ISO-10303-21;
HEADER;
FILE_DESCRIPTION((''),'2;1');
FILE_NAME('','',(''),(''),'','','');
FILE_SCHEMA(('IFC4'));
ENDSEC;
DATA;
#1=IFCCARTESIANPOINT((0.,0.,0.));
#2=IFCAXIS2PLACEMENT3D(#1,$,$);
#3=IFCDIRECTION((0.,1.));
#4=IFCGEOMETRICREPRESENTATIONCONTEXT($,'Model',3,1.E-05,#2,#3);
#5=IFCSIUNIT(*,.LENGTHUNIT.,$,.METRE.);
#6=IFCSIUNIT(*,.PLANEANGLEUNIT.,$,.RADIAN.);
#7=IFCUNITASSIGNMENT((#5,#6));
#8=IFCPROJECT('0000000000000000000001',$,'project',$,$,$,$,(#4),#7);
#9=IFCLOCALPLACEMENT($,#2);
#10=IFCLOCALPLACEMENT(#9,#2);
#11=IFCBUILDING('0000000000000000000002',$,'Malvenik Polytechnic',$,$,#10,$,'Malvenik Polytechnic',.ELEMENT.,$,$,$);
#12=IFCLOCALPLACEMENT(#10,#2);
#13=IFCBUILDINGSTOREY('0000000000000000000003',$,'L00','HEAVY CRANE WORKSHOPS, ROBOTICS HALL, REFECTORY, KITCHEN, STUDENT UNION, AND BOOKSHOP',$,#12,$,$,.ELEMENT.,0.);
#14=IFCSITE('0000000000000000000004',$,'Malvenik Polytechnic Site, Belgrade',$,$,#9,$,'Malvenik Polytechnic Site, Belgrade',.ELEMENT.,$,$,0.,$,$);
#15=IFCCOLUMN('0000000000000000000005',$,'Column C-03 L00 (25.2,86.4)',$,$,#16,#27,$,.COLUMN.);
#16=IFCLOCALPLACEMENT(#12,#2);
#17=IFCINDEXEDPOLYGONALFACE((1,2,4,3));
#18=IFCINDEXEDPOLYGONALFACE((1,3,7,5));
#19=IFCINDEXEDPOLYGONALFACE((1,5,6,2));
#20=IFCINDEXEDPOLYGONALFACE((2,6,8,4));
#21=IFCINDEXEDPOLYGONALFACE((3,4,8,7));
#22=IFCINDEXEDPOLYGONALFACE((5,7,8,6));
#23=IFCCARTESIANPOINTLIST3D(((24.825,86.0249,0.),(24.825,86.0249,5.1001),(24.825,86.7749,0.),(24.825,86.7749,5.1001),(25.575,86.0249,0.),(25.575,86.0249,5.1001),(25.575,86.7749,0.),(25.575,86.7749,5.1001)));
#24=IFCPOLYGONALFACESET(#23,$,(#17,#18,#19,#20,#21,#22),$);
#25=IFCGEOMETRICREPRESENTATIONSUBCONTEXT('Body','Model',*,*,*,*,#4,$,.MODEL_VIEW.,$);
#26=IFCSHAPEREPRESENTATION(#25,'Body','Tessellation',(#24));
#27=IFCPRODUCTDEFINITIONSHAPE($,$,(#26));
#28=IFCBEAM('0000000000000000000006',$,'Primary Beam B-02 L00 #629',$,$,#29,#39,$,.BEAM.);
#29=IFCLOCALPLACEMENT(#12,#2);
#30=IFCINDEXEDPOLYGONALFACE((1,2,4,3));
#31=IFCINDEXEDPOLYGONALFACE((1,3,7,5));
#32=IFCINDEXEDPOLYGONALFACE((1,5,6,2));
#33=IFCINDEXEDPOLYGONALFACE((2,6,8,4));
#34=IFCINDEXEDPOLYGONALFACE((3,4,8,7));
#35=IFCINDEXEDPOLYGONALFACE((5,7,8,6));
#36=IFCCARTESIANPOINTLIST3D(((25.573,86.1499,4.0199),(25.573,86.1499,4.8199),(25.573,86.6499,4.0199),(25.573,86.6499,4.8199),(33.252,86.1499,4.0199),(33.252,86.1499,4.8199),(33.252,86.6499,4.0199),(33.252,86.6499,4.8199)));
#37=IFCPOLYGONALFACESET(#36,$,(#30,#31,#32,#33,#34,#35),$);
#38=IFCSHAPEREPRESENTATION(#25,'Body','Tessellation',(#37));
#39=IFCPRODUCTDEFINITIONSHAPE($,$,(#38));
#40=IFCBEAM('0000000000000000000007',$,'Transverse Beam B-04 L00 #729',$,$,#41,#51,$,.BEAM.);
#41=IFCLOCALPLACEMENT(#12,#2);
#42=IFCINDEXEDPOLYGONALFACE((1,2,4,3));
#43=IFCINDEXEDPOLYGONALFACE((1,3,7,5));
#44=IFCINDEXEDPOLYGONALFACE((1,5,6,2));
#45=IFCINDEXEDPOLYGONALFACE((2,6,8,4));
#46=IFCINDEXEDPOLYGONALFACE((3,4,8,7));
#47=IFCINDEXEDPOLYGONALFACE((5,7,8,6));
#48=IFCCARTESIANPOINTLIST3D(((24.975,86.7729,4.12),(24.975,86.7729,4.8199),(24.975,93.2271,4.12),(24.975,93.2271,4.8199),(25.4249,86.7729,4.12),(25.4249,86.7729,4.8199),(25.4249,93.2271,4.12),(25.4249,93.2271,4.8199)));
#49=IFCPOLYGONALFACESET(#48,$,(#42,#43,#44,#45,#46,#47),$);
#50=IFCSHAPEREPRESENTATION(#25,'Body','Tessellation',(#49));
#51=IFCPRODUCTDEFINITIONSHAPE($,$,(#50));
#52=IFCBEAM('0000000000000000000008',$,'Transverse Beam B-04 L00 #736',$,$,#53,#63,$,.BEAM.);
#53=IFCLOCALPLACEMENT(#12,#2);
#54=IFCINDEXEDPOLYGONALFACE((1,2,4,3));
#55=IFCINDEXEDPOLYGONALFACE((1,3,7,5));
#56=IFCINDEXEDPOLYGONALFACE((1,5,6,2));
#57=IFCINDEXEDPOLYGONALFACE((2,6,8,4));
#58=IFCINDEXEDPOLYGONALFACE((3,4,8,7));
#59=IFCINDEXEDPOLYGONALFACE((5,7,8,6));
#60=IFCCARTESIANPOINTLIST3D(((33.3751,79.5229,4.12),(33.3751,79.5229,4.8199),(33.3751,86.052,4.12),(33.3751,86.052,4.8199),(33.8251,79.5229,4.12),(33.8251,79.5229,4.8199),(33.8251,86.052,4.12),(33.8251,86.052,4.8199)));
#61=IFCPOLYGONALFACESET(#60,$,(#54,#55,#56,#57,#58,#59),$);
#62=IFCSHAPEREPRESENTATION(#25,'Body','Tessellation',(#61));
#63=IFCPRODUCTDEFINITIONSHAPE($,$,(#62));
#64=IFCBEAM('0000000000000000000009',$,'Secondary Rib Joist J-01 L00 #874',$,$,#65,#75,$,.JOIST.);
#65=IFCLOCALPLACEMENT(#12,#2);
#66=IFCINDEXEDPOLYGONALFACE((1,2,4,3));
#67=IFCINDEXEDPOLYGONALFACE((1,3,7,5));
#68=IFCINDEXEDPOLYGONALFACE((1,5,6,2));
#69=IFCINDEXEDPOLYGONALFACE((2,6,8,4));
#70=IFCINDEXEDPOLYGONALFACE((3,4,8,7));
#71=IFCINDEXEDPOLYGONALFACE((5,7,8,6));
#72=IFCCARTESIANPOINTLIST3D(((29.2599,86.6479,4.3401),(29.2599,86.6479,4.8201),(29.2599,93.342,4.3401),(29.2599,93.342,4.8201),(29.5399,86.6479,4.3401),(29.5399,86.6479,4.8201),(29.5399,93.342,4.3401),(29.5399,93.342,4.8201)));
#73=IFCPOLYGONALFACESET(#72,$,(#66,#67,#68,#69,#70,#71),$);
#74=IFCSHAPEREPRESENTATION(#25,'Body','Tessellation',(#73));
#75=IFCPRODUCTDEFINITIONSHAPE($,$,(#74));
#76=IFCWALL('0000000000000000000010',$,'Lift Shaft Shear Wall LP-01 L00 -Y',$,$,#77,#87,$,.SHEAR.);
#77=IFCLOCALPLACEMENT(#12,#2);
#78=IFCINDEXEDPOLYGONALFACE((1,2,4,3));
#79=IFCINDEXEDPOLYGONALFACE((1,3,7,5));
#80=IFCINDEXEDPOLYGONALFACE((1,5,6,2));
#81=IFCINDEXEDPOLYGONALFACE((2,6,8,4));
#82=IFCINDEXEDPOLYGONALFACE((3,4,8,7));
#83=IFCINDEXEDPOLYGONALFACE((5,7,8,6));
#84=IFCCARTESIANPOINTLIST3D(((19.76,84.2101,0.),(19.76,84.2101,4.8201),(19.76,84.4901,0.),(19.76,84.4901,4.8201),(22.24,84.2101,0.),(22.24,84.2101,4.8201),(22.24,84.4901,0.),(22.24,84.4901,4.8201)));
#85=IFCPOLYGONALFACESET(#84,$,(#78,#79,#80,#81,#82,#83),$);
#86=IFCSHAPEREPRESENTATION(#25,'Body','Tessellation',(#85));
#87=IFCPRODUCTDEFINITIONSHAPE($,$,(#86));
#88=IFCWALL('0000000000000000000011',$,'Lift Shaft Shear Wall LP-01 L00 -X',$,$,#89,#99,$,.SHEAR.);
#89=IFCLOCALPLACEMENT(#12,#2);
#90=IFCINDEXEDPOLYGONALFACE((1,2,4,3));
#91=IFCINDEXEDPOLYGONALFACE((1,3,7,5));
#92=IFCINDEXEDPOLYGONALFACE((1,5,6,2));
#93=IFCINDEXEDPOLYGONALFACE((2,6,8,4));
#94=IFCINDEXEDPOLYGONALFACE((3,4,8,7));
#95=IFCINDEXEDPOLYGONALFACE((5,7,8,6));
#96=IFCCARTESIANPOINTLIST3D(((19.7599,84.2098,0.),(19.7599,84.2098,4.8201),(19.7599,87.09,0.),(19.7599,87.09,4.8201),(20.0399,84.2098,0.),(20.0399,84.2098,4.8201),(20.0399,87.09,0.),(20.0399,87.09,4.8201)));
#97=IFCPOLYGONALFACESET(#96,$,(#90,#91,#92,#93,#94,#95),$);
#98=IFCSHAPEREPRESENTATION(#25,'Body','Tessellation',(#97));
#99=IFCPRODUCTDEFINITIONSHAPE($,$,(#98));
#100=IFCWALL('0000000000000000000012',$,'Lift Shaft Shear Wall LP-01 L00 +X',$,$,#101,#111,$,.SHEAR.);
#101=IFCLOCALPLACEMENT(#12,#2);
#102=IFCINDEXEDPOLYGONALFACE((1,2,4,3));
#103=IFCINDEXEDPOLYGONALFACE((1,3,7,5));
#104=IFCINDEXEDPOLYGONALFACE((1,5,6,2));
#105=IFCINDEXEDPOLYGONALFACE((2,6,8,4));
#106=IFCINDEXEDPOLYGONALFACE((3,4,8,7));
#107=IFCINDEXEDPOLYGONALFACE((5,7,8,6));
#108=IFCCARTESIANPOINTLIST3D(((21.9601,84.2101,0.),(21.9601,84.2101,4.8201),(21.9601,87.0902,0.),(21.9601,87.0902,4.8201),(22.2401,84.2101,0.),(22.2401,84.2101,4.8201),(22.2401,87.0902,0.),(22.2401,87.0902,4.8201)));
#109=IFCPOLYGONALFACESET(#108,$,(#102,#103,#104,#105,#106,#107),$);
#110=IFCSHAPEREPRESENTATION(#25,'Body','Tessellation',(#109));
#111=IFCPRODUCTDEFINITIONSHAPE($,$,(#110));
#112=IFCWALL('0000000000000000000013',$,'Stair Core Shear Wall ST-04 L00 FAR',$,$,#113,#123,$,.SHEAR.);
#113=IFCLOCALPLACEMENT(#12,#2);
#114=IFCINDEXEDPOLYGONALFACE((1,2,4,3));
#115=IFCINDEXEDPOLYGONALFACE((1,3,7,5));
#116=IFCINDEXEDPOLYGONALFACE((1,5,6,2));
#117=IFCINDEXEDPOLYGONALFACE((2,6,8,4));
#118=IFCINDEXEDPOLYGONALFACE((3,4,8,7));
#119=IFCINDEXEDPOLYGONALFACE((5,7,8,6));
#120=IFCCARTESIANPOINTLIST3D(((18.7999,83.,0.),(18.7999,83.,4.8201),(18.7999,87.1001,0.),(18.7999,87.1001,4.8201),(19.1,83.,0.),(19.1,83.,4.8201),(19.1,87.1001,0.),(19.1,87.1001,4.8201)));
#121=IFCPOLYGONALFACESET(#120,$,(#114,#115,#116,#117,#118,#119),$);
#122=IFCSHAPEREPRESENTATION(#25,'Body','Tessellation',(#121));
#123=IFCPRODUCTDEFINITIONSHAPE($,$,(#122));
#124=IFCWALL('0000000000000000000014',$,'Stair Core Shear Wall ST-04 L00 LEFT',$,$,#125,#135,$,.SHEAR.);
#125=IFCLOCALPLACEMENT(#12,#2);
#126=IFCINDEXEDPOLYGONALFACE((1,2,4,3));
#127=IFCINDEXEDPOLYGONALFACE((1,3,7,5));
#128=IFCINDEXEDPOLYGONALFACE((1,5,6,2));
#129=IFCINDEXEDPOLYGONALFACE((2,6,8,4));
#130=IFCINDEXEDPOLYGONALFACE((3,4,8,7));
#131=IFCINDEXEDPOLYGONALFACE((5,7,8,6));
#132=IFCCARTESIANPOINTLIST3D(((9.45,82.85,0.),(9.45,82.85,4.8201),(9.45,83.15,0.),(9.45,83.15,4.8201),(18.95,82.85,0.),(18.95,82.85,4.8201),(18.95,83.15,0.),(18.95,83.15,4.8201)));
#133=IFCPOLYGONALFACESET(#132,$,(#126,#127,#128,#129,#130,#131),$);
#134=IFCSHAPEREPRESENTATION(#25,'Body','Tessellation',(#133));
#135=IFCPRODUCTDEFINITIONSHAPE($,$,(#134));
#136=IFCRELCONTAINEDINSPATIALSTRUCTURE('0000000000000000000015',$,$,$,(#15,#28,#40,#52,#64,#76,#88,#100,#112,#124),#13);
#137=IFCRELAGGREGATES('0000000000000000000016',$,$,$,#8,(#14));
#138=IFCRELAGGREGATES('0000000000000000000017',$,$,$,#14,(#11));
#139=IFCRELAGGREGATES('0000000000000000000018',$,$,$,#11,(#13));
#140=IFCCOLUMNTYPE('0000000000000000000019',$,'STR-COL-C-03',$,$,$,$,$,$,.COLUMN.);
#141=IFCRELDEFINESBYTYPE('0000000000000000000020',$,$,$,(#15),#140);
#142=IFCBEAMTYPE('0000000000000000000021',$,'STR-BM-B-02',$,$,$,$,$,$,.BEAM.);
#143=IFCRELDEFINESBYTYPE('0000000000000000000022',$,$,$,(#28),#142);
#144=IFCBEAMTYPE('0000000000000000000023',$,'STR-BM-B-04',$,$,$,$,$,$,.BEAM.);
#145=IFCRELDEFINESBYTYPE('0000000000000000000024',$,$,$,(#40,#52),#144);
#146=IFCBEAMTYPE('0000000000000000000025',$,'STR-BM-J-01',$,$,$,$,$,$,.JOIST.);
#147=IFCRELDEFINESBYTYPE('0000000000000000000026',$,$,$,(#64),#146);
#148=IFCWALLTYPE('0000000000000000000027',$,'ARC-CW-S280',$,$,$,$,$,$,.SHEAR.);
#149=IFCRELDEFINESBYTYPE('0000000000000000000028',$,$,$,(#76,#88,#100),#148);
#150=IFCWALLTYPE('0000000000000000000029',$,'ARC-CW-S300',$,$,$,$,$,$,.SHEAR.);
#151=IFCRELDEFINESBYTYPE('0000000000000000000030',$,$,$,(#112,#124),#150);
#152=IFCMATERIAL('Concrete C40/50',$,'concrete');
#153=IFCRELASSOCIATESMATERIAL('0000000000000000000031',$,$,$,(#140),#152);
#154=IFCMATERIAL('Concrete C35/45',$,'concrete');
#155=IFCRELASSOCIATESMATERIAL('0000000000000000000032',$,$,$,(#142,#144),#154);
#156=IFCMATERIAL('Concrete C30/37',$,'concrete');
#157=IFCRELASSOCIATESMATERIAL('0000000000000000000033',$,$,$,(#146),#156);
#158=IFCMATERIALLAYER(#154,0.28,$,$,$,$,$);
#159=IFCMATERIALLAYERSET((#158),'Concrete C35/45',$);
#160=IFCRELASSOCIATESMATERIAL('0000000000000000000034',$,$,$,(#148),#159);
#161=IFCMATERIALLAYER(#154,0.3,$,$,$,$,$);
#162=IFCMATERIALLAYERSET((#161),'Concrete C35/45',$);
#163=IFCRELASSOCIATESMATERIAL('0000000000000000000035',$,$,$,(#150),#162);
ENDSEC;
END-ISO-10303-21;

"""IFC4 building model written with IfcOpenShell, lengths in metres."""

from ifc_helpers import new_model, si_unit, direction, frame, frame_2d, origin, origin_2d, place, context, subcontext, project, spatial, rectangle, extrude, material, layer, layer_set, material_profile, profile_set, type_object, element, save


model = new_model("IFC4")

# Units and contexts
model_context = context("Model", 3, precision=1e-05, world=origin(), true_north=direction((0.0, 1.0)))
body_context = subcontext(model_context, "Body", "Model", "MODEL_VIEW")
ifc_project = project(units=[si_unit("LENGTHUNIT", "METRE"), si_unit("PLANEANGLEUNIT", "RADIAN")], contexts=[model_context])

# Site, building, storey
site_placement = place(None, origin())
site = spatial("IfcSite", under=ifc_project, at=site_placement, Name="Malvenik Polytechnic Site, Belgrade", LongName="Malvenik Polytechnic Site, Belgrade", CompositionType="ELEMENT", RefElevation=0.0)
building_placement = place(site_placement, origin())
building = spatial("IfcBuilding", under=site, at=building_placement, Name="Malvenik Polytechnic", LongName="Malvenik Polytechnic", CompositionType="ELEMENT")
storey_placement = place(building_placement, origin())
storey = spatial("IfcBuildingStorey", under=building, at=storey_placement, Name="L00", Description="HEAVY CRANE WORKSHOPS, ROBOTICS HALL, REFECTORY, KITCHEN, STUDENT UNION, AND BOOKSHOP", CompositionType="ELEMENT", Elevation=0.0)

# Column
ifc_material_1 = material(Name="Concrete C40/50", Category="concrete")
ifc_material_profile_1 = material_profile(ifc_material_1, rectangle(XDim=0.75, YDim=0.75, at=origin_2d()), Name="RC COL 750x750")
ifc_profile_set_1 = profile_set([ifc_material_profile_1], Name="Concrete C40/50")
column_type = type_object("IfcColumnType", Name="STR-COL-C-03", PredefinedType="COLUMN", material=ifc_profile_set_1)
column_placement = place(storey_placement, frame((25.2, 86.3999, 0.0), z_axis=(0.0, 0.0, 1.0), x_axis=(1.0, 0.0, 0.0)))
element("IfcColumn", 1, at=column_placement, inside=storey, type_object=column_type, Name="Column C-03 L00 (25.2,86.4)", PredefinedType="COLUMN", context=body_context, shape_type="SweptSolid", body=[
    extrude(rectangle(XDim=0.75, YDim=0.75, at=origin_2d()), origin(), (0.0, 0.0, 1.0), 5.1001),
])

# Beams
ifc_material_2 = material(Name="Concrete C35/45", Category="concrete")
ifc_material_profile_2 = material_profile(ifc_material_2, rectangle(XDim=0.5, YDim=0.8, at=origin_2d()), Name="RC BM 500x800")
ifc_profile_set_2 = profile_set([ifc_material_profile_2], Name="Concrete C35/45")
beam_type_1 = type_object("IfcBeamType", Name="STR-BM-B-02", PredefinedType="BEAM", material=ifc_profile_set_2)
beam_1_placement = place(storey_placement, frame((25.573, 86.3999, 4.4199), z_axis=(1.0, 0.0, 0.0), x_axis=(0.0, 1.0, 0.0)))
element("IfcBeam", 2, at=beam_1_placement, inside=storey, type_object=beam_type_1, Name="Primary Beam B-02 L00 #629", PredefinedType="BEAM", context=body_context, shape_type="SweptSolid", body=[
    extrude(rectangle(XDim=0.5, YDim=0.8, at=origin_2d()), origin(), (0.0, 0.0, 1.0), 7.679),
])
ifc_material_profile_3 = material_profile(ifc_material_2, rectangle(XDim=0.45, YDim=0.7, at=origin_2d()), Name="RC BM 450x700")
ifc_profile_set_3 = profile_set([ifc_material_profile_3], Name="Concrete C35/45")
beam_type_2 = type_object("IfcBeamType", Name="STR-BM-B-04", PredefinedType="BEAM", material=ifc_profile_set_3)
beam_2_placement = place(storey_placement, frame((25.2, 86.7729, 4.47), z_axis=(0.0, 1.0, 0.0), x_axis=(-1.0, 0.0, 0.0)))
element("IfcBeam", 3, at=beam_2_placement, inside=storey, type_object=beam_type_2, Name="Transverse Beam B-04 L00 #729", PredefinedType="BEAM", context=body_context, shape_type="SweptSolid", body=[
    extrude(rectangle(XDim=0.45, YDim=0.7, at=origin_2d()), origin(), (0.0, 0.0, 1.0), 6.4541),
])
beam_3_placement = place(storey_placement, frame((33.6001, 79.5229, 4.47), z_axis=(0.0, 1.0, 0.0), x_axis=(-1.0, 0.0, 0.0)))
element("IfcBeam", 4, at=beam_3_placement, inside=storey, type_object=beam_type_2, Name="Transverse Beam B-04 L00 #736", PredefinedType="BEAM", context=body_context, shape_type="SweptSolid", body=[
    extrude(rectangle(XDim=0.45, YDim=0.7, at=origin_2d()), origin(), (0.0, 0.0, 1.0), 6.5291),
])
ifc_material_3 = material(Name="Concrete C30/37", Category="concrete")
ifc_material_profile_4 = material_profile(ifc_material_3, rectangle(XDim=0.28, YDim=0.48, at=origin_2d()), Name="RC JST 280x480")
ifc_profile_set_4 = profile_set([ifc_material_profile_4], Name="Concrete C30/37")
beam_type_3 = type_object("IfcBeamType", Name="STR-BM-J-01", PredefinedType="JOIST", material=ifc_profile_set_4)
beam_4_placement = place(storey_placement, frame((29.3999, 86.6479, 4.5801), z_axis=(0.0, 1.0, 0.0), x_axis=(-1.0, 0.0, 0.0)))
element("IfcBeam", 5, at=beam_4_placement, inside=storey, type_object=beam_type_3, Name="Secondary Rib Joist J-01 L00 #874", PredefinedType="JOIST", context=body_context, shape_type="SweptSolid", body=[
    extrude(rectangle(XDim=0.28, YDim=0.48, at=origin_2d()), origin(), (0.0, 0.0, 1.0), 6.6941),
])

# Wall
ifc_layer_1 = layer(ifc_material_2, 0.28)
ifc_layer_set_1 = layer_set([ifc_layer_1], Name="Concrete C35/45")
wall_type_1 = type_object("IfcWallType", Name="ARC-CW-S280", PredefinedType="SHEAR", material=ifc_layer_set_1)
wall_1_placement = place(storey_placement, frame((22.24, 84.3501, 0.0), z_axis=(0.0, 0.0, 1.0), x_axis=(-1.0, 0.0, 0.0)))
element("IfcWall", 6, at=wall_1_placement, inside=storey, type_object=wall_type_1, Name="Lift Shaft Shear Wall LP-01 L00 -Y", PredefinedType="SHEAR", context=body_context, shape_type="SweptSolid", body=[
    extrude(rectangle(XDim=2.48, YDim=0.28, at=frame_2d((1.24, 0.0))), origin(), (0.0, 0.0, 1.0), 4.8201),
])

# Walls
for number, where, z_axis, x_axis, name in (
    (7, (19.8999, 84.21, 0.0), (0.0, 0.0, 1.0), (0.0, 1.0, 0.0), "Lift Shaft Shear Wall LP-01 L00 -X"),
    (8, (22.1001, 87.0901, 0.0), (0.0, 0.0, 1.0), (0.0, -1.0, 0.0), "Lift Shaft Shear Wall LP-01 L00 +X"),
):
    element("IfcWall", number, at=place(storey_placement, frame(where, z_axis=z_axis, x_axis=x_axis)), inside=storey, type_object=wall_type_1, Name=name, PredefinedType="SHEAR", context=body_context, shape_type="SweptSolid", body=[
        extrude(rectangle(XDim=2.8801, YDim=0.28, at=frame_2d((1.4399, 0.0))), origin(), (0.0, 0.0, 1.0), 4.8201),
    ])
ifc_layer_2 = layer(ifc_material_2, 0.3)
ifc_layer_set_2 = layer_set([ifc_layer_2], Name="Concrete C35/45")
wall_type_2 = type_object("IfcWallType", Name="ARC-CW-S300", PredefinedType="SHEAR", material=ifc_layer_set_2)
wall_2_placement = place(storey_placement, frame((18.95, 87.1001, 0.0), z_axis=(0.0, 0.0, 1.0), x_axis=(0.0, -1.0, 0.0)))
element("IfcWall", 9, at=wall_2_placement, inside=storey, type_object=wall_type_2, Name="Stair Core Shear Wall ST-04 L00 FAR", PredefinedType="SHEAR", context=body_context, shape_type="SweptSolid", body=[
    extrude(rectangle(XDim=4.1001, YDim=0.3, at=frame_2d((2.05, 0.0))), origin(), (0.0, 0.0, 1.0), 4.8201),
])
wall_3_placement = place(storey_placement, frame((18.95, 83.0, 0.0), z_axis=(0.0, 0.0, 1.0), x_axis=(-1.0, 0.0, 0.0)))
element("IfcWall", 10, at=wall_3_placement, inside=storey, type_object=wall_type_2, Name="Stair Core Shear Wall ST-04 L00 LEFT", PredefinedType="SHEAR", context=body_context, shape_type="SweptSolid", body=[
    extrude(rectangle(XDim=9.5, YDim=0.3, at=frame_2d((4.75, 0.0))), origin(), (0.0, 0.0, 1.0), 4.8201),
])

save(model, "model.ifc")
